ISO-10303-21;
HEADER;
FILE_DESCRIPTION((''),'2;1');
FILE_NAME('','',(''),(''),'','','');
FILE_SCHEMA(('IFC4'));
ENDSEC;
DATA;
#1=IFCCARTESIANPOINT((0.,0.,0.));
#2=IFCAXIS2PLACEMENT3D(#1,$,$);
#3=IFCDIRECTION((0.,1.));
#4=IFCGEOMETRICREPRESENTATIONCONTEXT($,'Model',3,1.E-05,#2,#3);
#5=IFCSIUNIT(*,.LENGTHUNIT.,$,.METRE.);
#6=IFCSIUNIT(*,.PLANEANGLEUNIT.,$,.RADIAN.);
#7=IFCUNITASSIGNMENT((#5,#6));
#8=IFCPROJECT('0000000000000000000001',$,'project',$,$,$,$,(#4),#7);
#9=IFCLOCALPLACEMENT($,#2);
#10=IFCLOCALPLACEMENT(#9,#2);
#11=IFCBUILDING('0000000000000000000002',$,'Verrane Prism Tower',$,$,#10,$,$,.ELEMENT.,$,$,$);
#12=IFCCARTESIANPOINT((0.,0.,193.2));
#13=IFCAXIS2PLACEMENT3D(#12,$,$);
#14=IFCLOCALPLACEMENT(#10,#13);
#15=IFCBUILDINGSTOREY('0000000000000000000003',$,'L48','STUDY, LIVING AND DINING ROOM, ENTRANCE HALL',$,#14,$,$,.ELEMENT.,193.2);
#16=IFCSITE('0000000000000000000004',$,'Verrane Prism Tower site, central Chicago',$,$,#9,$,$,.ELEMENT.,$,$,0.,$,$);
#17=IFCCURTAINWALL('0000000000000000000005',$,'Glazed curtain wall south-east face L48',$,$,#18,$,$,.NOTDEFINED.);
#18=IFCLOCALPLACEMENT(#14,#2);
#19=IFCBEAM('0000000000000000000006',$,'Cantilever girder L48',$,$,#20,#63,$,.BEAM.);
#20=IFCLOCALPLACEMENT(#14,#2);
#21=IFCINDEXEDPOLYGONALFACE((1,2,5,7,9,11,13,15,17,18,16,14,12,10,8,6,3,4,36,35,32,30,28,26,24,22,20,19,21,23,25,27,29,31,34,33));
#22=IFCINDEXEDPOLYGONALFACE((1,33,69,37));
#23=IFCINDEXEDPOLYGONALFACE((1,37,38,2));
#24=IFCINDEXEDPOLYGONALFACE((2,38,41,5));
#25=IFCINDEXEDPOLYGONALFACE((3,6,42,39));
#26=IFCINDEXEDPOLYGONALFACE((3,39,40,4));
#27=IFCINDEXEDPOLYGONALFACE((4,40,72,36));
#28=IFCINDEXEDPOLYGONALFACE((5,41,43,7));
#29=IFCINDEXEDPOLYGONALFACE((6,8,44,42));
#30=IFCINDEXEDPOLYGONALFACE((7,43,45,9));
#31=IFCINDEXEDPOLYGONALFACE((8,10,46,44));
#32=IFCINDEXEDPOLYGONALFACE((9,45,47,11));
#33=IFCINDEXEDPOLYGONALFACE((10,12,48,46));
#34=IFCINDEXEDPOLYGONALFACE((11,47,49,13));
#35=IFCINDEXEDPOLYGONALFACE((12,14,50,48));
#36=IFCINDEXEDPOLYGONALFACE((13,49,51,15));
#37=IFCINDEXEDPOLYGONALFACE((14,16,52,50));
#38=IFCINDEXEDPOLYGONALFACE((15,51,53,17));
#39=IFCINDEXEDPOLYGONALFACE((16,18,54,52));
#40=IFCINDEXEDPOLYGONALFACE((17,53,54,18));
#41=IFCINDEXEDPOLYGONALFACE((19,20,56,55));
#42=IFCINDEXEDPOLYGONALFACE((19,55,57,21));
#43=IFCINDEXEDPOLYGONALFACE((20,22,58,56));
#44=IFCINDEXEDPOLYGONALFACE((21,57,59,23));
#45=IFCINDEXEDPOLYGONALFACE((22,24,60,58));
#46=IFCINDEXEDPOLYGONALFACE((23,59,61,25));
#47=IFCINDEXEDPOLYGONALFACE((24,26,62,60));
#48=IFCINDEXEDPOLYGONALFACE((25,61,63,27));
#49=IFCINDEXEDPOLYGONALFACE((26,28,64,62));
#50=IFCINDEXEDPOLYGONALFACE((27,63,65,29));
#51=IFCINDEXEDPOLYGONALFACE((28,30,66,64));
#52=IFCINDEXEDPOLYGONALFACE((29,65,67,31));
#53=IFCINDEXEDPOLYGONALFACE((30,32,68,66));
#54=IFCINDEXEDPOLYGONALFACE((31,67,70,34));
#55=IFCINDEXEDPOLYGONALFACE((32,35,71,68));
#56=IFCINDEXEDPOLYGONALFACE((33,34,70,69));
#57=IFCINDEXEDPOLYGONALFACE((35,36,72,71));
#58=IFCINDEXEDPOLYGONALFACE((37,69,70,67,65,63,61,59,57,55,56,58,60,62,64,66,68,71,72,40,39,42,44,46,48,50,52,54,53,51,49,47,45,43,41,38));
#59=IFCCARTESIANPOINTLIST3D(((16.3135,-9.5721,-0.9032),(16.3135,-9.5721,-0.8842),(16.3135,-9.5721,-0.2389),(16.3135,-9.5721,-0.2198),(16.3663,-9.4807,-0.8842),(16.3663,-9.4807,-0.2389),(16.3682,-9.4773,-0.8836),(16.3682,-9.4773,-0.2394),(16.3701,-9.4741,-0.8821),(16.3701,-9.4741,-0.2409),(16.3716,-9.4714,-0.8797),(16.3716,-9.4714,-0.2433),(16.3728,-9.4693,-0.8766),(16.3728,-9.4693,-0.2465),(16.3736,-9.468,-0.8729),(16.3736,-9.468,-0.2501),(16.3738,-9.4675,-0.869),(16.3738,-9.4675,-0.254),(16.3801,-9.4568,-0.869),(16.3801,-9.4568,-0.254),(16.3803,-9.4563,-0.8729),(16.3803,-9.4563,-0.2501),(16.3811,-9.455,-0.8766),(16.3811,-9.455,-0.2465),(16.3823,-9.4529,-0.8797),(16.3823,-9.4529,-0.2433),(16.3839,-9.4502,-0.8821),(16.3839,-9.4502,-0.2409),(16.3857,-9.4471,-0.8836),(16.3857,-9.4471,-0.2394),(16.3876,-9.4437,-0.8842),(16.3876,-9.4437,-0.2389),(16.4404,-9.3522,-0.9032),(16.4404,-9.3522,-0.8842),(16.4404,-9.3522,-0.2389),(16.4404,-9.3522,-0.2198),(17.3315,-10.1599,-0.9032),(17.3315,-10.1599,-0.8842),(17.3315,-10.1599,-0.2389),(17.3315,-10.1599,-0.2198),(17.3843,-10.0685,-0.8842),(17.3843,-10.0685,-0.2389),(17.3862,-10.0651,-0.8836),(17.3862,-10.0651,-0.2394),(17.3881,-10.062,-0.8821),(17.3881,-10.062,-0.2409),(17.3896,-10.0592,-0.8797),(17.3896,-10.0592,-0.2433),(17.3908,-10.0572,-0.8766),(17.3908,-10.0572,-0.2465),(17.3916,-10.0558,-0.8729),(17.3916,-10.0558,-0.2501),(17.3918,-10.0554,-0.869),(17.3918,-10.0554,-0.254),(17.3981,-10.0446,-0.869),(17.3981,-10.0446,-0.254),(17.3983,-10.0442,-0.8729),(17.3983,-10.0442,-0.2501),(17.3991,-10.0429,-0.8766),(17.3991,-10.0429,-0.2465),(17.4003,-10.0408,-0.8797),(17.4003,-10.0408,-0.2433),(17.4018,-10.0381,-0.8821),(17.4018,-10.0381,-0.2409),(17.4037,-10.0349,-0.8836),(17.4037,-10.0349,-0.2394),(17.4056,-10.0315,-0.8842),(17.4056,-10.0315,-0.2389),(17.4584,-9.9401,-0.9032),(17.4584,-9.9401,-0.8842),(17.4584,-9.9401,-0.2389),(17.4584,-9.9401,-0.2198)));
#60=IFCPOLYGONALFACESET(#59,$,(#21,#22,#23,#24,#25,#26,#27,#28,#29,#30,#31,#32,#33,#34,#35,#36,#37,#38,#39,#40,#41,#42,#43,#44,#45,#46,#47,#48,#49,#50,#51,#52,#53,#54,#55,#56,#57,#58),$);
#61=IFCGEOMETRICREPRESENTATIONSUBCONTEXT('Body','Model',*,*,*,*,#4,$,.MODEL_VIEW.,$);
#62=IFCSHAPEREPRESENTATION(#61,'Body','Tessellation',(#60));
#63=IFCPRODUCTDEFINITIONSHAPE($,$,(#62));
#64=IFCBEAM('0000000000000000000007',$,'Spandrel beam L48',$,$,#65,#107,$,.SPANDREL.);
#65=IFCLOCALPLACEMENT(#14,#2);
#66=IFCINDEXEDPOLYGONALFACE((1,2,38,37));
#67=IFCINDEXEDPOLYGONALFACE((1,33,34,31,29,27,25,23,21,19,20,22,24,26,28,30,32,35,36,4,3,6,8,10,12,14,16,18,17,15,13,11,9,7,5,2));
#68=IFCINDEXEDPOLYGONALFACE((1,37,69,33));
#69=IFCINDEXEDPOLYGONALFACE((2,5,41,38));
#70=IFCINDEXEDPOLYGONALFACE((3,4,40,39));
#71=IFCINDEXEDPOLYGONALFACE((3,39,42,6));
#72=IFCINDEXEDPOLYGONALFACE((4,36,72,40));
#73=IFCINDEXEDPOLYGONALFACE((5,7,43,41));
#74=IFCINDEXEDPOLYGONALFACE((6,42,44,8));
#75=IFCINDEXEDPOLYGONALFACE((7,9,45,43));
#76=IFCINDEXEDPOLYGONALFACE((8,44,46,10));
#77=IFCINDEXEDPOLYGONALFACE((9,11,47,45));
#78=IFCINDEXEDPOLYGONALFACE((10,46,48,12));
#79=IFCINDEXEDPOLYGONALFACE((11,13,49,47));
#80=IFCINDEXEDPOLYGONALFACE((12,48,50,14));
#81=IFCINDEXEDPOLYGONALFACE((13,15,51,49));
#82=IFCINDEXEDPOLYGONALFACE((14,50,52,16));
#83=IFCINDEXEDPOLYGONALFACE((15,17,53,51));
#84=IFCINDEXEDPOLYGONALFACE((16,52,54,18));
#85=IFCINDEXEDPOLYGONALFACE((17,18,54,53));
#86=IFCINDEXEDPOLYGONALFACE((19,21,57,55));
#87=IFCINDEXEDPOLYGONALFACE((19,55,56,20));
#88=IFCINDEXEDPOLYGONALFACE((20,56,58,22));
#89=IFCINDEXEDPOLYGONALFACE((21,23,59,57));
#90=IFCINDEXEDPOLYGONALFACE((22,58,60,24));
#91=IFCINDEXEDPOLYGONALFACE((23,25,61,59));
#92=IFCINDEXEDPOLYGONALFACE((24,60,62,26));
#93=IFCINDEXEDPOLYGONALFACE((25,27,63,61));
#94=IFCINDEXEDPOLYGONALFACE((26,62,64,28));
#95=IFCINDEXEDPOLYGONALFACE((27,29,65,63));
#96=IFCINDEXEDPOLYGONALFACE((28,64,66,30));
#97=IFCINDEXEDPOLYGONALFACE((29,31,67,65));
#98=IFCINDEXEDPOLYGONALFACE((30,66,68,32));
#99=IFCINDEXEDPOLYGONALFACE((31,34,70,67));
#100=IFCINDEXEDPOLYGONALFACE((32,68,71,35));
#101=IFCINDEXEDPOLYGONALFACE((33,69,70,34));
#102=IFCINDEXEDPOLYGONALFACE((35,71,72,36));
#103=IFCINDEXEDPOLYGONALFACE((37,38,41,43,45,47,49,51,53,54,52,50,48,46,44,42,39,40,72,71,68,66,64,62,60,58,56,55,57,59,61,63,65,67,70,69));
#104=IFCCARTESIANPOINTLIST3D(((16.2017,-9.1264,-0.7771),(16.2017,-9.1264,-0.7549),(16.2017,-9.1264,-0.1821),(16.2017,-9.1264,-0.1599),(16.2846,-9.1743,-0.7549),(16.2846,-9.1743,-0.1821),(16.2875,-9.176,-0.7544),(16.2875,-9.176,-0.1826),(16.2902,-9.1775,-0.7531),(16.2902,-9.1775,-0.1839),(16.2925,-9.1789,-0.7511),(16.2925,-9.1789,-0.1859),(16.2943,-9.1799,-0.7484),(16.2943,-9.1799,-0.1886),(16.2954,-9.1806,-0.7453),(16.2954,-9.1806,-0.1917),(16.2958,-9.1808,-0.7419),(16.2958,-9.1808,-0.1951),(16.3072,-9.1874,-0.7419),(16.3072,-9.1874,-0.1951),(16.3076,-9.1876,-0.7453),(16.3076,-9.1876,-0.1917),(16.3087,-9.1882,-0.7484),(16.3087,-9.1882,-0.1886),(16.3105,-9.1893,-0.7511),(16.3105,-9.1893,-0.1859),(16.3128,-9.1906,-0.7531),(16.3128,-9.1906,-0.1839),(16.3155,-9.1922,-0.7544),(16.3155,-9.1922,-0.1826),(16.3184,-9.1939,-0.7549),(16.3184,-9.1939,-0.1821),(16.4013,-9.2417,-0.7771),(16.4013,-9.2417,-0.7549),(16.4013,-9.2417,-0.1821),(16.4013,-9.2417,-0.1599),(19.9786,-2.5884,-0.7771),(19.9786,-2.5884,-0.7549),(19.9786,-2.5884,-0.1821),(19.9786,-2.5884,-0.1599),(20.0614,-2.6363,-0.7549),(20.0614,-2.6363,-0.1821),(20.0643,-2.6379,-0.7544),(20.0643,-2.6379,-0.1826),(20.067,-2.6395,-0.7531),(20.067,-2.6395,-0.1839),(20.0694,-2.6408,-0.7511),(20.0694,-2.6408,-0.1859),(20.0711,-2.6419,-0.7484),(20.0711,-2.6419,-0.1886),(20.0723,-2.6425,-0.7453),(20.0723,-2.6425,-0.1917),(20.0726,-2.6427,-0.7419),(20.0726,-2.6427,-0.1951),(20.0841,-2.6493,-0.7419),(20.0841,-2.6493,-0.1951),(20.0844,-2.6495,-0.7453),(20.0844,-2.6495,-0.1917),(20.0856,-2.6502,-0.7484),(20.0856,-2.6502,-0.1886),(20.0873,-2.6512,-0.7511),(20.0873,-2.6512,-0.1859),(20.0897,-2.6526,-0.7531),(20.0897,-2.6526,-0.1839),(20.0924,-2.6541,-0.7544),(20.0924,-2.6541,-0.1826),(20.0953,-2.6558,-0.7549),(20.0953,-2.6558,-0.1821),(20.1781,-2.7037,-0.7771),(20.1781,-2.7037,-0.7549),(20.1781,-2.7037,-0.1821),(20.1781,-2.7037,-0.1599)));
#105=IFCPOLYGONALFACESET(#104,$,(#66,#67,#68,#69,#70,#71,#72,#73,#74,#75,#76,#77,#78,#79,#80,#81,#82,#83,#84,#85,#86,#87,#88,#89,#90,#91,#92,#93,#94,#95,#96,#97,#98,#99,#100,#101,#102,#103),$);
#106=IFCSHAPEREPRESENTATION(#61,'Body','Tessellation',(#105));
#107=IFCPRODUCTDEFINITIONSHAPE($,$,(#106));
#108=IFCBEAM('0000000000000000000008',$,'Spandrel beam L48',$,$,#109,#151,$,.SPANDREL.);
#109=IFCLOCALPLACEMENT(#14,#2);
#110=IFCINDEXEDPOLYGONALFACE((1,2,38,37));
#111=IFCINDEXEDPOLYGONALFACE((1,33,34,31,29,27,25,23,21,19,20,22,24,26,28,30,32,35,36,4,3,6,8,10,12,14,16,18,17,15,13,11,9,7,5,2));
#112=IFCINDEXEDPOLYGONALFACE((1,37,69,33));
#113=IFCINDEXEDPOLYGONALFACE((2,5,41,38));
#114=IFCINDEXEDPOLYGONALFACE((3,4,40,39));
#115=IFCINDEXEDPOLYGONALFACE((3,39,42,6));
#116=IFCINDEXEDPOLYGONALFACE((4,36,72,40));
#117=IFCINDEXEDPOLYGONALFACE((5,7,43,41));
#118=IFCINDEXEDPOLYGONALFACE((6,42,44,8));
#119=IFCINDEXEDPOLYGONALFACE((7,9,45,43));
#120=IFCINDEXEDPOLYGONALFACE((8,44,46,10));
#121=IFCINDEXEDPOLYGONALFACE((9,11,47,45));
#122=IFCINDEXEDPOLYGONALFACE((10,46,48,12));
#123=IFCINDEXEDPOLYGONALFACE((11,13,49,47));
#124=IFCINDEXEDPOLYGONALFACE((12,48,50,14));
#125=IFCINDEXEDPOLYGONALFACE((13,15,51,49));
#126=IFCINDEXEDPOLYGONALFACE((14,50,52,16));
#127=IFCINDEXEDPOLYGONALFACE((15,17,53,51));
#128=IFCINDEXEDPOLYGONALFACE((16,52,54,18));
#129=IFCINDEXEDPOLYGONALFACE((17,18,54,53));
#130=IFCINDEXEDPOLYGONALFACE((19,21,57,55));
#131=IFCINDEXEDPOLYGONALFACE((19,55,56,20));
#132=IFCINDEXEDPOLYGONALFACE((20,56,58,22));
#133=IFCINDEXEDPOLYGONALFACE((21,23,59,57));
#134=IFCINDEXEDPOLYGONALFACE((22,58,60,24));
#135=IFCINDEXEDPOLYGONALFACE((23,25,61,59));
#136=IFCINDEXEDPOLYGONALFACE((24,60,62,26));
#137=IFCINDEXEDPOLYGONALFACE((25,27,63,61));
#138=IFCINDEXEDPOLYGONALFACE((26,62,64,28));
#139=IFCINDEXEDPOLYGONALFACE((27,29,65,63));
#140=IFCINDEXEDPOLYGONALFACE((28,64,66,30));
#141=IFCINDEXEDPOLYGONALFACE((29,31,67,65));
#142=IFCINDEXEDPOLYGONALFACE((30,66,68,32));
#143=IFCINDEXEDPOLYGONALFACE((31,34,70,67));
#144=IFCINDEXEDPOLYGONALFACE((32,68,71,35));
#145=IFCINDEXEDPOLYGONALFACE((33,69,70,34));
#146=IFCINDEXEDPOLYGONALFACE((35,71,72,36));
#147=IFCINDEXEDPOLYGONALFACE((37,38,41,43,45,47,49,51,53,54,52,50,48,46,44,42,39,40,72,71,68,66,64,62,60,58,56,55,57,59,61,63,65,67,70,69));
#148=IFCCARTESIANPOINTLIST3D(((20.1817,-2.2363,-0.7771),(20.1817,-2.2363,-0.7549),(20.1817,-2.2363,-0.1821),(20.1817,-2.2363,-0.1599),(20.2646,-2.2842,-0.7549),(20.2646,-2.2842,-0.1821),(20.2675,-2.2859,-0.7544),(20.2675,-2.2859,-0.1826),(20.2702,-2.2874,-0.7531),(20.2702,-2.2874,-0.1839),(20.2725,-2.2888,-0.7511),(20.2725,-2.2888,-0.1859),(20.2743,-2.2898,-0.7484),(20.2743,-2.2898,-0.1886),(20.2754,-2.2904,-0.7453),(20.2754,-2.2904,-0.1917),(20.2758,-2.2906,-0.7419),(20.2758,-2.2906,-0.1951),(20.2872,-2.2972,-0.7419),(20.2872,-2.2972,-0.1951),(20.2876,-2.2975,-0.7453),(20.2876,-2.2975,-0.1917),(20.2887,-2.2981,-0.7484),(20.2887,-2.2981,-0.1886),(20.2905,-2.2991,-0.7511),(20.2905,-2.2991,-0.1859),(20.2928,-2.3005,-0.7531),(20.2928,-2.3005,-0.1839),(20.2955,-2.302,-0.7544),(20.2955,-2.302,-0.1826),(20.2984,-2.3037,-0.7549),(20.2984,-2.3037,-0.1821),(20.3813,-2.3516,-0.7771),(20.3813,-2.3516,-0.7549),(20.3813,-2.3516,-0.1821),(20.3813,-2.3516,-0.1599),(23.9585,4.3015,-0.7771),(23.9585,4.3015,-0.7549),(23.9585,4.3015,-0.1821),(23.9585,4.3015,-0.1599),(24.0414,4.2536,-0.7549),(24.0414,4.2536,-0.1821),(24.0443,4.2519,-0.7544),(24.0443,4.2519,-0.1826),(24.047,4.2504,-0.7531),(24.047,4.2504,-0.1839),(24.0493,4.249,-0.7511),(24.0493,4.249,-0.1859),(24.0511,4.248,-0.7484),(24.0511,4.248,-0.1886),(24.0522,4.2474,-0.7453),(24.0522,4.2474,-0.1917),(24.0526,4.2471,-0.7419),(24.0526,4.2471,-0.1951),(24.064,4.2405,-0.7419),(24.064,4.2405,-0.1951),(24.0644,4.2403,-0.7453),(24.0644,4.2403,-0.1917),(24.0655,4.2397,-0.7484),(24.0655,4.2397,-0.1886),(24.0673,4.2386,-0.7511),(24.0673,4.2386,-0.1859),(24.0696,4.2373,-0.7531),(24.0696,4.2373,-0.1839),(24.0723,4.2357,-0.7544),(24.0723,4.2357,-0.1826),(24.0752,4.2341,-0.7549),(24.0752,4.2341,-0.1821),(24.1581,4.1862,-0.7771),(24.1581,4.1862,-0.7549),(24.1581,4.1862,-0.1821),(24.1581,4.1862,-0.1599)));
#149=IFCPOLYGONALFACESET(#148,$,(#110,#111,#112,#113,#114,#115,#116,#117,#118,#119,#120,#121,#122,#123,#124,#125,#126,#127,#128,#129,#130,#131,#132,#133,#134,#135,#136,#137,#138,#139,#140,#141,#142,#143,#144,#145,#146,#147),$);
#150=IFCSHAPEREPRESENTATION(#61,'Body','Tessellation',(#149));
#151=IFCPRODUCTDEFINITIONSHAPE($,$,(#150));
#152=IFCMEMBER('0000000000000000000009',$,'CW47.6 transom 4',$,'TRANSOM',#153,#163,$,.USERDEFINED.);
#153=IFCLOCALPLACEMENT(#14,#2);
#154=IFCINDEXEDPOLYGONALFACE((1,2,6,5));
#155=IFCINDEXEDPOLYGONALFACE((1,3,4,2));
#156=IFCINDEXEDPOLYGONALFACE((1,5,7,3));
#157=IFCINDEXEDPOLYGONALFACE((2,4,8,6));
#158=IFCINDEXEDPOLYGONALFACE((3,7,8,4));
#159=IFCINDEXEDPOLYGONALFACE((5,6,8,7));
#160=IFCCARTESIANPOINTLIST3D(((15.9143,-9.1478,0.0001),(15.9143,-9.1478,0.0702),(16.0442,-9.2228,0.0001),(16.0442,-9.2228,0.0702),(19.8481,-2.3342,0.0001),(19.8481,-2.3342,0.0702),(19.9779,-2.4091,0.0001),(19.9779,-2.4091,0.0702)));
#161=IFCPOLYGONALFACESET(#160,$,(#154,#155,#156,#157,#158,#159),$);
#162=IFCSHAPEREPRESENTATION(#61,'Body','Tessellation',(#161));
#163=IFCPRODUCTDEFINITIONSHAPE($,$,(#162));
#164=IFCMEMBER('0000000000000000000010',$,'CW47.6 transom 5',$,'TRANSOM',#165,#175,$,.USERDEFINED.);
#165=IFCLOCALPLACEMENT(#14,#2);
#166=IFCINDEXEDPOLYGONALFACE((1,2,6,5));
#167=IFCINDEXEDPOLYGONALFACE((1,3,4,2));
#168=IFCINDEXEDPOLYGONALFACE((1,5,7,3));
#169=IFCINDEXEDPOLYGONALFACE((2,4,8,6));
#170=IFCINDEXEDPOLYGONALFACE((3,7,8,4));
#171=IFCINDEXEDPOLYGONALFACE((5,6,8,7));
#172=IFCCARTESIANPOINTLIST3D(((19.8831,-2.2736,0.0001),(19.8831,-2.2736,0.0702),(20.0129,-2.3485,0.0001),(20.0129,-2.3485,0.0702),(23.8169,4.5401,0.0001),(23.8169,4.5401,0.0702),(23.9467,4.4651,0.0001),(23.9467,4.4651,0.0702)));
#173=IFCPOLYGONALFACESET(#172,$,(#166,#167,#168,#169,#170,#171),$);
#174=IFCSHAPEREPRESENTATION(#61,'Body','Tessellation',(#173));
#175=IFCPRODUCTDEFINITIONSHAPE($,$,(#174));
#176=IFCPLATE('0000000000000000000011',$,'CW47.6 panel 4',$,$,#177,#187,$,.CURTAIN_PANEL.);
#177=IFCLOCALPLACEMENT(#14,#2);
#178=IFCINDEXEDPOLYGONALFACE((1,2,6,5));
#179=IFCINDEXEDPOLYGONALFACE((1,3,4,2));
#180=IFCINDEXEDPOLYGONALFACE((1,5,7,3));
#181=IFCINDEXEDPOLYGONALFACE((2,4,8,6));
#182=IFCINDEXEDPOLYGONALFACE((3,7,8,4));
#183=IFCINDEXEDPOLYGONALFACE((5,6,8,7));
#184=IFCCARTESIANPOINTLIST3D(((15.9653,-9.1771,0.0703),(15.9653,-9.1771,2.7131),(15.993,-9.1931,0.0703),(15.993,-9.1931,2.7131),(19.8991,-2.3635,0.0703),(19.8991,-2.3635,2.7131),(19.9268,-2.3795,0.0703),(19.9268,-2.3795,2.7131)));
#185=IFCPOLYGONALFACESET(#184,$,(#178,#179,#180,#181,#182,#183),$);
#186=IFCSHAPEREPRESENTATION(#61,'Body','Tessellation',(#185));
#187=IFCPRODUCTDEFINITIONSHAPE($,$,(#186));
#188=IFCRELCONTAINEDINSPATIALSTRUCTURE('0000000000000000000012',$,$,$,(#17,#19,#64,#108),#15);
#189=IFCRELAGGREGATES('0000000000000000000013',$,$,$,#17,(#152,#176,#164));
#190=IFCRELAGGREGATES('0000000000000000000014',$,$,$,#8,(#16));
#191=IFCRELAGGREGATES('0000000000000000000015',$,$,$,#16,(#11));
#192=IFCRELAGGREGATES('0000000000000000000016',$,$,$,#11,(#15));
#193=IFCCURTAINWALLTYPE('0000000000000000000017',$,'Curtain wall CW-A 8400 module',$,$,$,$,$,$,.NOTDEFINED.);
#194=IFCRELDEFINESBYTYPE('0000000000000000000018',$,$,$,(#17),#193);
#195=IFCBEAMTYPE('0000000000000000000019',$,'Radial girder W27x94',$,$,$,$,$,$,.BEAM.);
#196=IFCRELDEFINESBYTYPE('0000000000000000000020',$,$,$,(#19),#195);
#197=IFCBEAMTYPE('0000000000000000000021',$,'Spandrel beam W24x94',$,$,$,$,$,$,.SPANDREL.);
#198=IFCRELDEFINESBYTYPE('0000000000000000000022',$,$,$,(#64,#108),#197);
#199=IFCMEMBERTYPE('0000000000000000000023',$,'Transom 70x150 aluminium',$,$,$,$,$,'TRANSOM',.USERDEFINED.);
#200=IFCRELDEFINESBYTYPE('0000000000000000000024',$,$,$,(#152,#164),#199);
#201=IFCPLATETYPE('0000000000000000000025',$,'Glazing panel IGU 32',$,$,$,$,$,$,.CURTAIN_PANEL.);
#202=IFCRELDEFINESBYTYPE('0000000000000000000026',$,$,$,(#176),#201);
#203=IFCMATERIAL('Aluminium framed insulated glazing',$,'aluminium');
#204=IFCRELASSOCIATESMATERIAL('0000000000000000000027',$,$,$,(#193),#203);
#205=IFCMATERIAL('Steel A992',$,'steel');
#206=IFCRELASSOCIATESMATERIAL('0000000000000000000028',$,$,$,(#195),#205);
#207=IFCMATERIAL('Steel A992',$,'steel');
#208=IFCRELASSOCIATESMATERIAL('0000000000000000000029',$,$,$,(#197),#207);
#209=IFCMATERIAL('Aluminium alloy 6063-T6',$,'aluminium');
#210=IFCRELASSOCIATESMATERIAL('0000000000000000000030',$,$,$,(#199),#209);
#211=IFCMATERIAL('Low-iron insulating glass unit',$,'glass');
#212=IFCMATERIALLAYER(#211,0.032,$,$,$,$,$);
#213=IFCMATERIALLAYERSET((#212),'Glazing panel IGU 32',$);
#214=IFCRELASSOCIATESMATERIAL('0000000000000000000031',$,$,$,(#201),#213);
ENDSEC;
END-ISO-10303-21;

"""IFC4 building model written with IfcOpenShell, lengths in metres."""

from ifc_helpers import new_model, si_unit, direction, frame, origin, origin_2d, place, context, subcontext, project, spatial, rectangle, i_section, extrude, material, layer, layer_set, material_profile, profile_set, type_object, element, aggregate, save


model = new_model("IFC4")

# Units and contexts
model_context = context("Model", 3, precision=1e-05, world=origin(), true_north=direction((0.0, 1.0)))
body_context = subcontext(model_context, "Body", "Model", "MODEL_VIEW")
ifc_project = project(units=[si_unit("LENGTHUNIT", "METRE"), si_unit("PLANEANGLEUNIT", "RADIAN")], contexts=[model_context])

# Site, building, storey
site_placement = place(None, origin())
site = spatial("IfcSite", under=ifc_project, at=site_placement, Name="Verrane Prism Tower site, central Chicago", CompositionType="ELEMENT", RefElevation=0.0)
building_placement = place(site_placement, origin())
building = spatial("IfcBuilding", under=site, at=building_placement, Name="Verrane Prism Tower", CompositionType="ELEMENT")
storey_placement = place(building_placement, frame((0.0, 0.0, 193.2)))
storey = spatial("IfcBuildingStorey", under=building, at=storey_placement, Name="L48", Description="STUDY, LIVING AND DINING ROOM, ENTRANCE HALL", CompositionType="ELEMENT", Elevation=193.2)

# Curtain wall
ifc_material_1 = material(Name="Aluminium framed insulated glazing", Category="aluminium")
curtain_wall_type = type_object("IfcCurtainWallType", Name="Curtain wall CW-A 8400 module", PredefinedType="NOTDEFINED", material=ifc_material_1)
curtain_wall_placement = place(storey_placement, origin())
curtain_wall = element("IfcCurtainWall", 1, at=curtain_wall_placement, inside=storey, type_object=curtain_wall_type, Name="Glazed curtain wall south-east face L48", PredefinedType="NOTDEFINED")

# Beams
ifc_material_2 = material(Name="Steel A992", Category="steel")
ifc_material_profile_1 = material_profile(ifc_material_2, i_section(OverallWidth=0.2539, OverallDepth=0.6833, WebThickness=0.0125, FlangeThickness=0.019, FilletRadius=0.0151, at=origin_2d()), Name="W27x94")
ifc_profile_set_1 = profile_set([ifc_material_profile_1], Name="Steel A992")
beam_type_1 = type_object("IfcBeamType", Name="Radial girder W27x94", PredefinedType="BEAM", material=ifc_profile_set_1)
beam_1_placement = place(storey_placement, frame((16.377, -9.4622, -0.5615), z_axis=(0.865985, -0.50007, 0.0), x_axis=(0.50007, 0.865985, 0.0)))
element("IfcBeam", 2, at=beam_1_placement, inside=storey, type_object=beam_type_1, Name="Cantilever girder L48", PredefinedType="BEAM", context=body_context, shape_type="SweptSolid", body=[
    extrude(i_section(OverallWidth=0.2539, OverallDepth=0.6833, WebThickness=0.0125, FlangeThickness=0.019, FilletRadius=0.0151, at=origin_2d()), origin(), (0.0, 0.0, 1.0), 1.1755),
])
ifc_material_3 = material(Name="Steel A992", Category="steel")
ifc_material_profile_2 = material_profile(ifc_material_3, i_section(OverallWidth=0.2305, OverallDepth=0.6172, WebThickness=0.0132, FlangeThickness=0.0222, FilletRadius=0.0129, at=origin_2d()), Name="W24x94")
ifc_profile_set_2 = profile_set([ifc_material_profile_2], Name="Steel A992")
beam_type_2 = type_object("IfcBeamType", Name="Spandrel beam W24x94", PredefinedType="SPANDREL", material=ifc_profile_set_2)
beam_2_placement = place(storey_placement, frame((16.3015, -9.1841, -0.4685), z_axis=(0.500208, 0.865906, 0.0), x_axis=(-0.865906, 0.500208, 0.0)))
element("IfcBeam", 3, at=beam_2_placement, inside=storey, type_object=beam_type_2, Name="Spandrel beam L48", PredefinedType="SPANDREL", context=body_context, shape_type="SweptSolid", body=[
    extrude(i_section(OverallWidth=0.2305, OverallDepth=0.6172, WebThickness=0.0132, FlangeThickness=0.0222, FilletRadius=0.0129, at=origin_2d()), origin(), (0.0, 0.0, 1.0), 7.5505),
])
beam_3_placement = place(storey_placement, frame((20.2815, -2.2939, -0.4685), z_axis=(0.500222, 0.865897, 0.0), x_axis=(-0.865897, 0.500222, 0.0)))
element("IfcBeam", 4, at=beam_3_placement, inside=storey, type_object=beam_type_2, Name="Spandrel beam L48", PredefinedType="SPANDREL", context=body_context, shape_type="SweptSolid", body=[
    extrude(i_section(OverallWidth=0.2305, OverallDepth=0.6172, WebThickness=0.0132, FlangeThickness=0.0222, FilletRadius=0.0129, at=origin_2d()), origin(), (0.0, 0.0, 1.0), 7.5503),
])

# Members
ifc_material_4 = material(Name="Aluminium alloy 6063-T6", Category="aluminium")
ifc_material_profile_3 = material_profile(ifc_material_4, rectangle(XDim=0.1499, YDim=0.0701, at=origin_2d()), Name="Transom 70x150 aluminium")
ifc_profile_set_3 = profile_set([ifc_material_profile_3], Name="Aluminium alloy 6063-T6")
member_type_1 = type_object("IfcMemberType", Name="Transom 70x150 aluminium", ElementType="TRANSOM", PredefinedType="USERDEFINED", material=ifc_profile_set_3)
member_1_placement = place(storey_placement, frame((15.9792, -9.1853, 0.0352), z_axis=(0.499994, 0.866029, 0.0), x_axis=(-0.866029, 0.499994, 0.0)))
member_1 = element("IfcMember", 5, at=member_1_placement, type_object=member_type_1, Name="CW47.6 transom 4", ObjectType="TRANSOM", PredefinedType="USERDEFINED", context=body_context, shape_type="SweptSolid", body=[
    extrude(rectangle(XDim=0.1499, YDim=0.0701, at=origin_2d()), origin(), (0.0, 0.0, 1.0), 7.8677),
])
member_2_placement = place(storey_placement, frame((19.948, -2.311, 0.0352), z_axis=(0.499994, 0.866029, 0.0), x_axis=(-0.866029, 0.499994, 0.0)))
member_2 = element("IfcMember", 6, at=member_2_placement, type_object=member_type_1, Name="CW47.6 transom 5", ObjectType="TRANSOM", PredefinedType="USERDEFINED", context=body_context, shape_type="SweptSolid", body=[
    extrude(rectangle(XDim=0.1499, YDim=0.0701, at=origin_2d()), origin(), (0.0, 0.0, 1.0), 7.8677),
])

# Plate
ifc_material_5 = material(Name="Low-iron insulating glass unit", Category="glass")
ifc_layer_1 = layer(ifc_material_5, 0.032)
ifc_layer_set_1 = layer_set([ifc_layer_1], Name="Glazing panel IGU 32")
plate_type = type_object("IfcPlateType", Name="Glazing panel IGU 32", PredefinedType="CURTAIN_PANEL", material=ifc_layer_set_1)
plate_placement = place(storey_placement, frame((17.946, -5.7783, 0.0703), z_axis=(0.0, 0.0, 1.0), x_axis=(0.5, 0.866026, 0.0)))
plate = element("IfcPlate", 7, at=plate_placement, type_object=plate_type, Name="CW47.6 panel 4", PredefinedType="CURTAIN_PANEL", context=body_context, shape_type="SweptSolid", body=[
    extrude(rectangle(XDim=7.8677, YDim=0.032, at=origin_2d()), origin(), (0.0, 0.0, 1.0), 2.6428),
])
aggregate(curtain_wall, [member_1, plate, member_2])

save(model, "model.ifc")
